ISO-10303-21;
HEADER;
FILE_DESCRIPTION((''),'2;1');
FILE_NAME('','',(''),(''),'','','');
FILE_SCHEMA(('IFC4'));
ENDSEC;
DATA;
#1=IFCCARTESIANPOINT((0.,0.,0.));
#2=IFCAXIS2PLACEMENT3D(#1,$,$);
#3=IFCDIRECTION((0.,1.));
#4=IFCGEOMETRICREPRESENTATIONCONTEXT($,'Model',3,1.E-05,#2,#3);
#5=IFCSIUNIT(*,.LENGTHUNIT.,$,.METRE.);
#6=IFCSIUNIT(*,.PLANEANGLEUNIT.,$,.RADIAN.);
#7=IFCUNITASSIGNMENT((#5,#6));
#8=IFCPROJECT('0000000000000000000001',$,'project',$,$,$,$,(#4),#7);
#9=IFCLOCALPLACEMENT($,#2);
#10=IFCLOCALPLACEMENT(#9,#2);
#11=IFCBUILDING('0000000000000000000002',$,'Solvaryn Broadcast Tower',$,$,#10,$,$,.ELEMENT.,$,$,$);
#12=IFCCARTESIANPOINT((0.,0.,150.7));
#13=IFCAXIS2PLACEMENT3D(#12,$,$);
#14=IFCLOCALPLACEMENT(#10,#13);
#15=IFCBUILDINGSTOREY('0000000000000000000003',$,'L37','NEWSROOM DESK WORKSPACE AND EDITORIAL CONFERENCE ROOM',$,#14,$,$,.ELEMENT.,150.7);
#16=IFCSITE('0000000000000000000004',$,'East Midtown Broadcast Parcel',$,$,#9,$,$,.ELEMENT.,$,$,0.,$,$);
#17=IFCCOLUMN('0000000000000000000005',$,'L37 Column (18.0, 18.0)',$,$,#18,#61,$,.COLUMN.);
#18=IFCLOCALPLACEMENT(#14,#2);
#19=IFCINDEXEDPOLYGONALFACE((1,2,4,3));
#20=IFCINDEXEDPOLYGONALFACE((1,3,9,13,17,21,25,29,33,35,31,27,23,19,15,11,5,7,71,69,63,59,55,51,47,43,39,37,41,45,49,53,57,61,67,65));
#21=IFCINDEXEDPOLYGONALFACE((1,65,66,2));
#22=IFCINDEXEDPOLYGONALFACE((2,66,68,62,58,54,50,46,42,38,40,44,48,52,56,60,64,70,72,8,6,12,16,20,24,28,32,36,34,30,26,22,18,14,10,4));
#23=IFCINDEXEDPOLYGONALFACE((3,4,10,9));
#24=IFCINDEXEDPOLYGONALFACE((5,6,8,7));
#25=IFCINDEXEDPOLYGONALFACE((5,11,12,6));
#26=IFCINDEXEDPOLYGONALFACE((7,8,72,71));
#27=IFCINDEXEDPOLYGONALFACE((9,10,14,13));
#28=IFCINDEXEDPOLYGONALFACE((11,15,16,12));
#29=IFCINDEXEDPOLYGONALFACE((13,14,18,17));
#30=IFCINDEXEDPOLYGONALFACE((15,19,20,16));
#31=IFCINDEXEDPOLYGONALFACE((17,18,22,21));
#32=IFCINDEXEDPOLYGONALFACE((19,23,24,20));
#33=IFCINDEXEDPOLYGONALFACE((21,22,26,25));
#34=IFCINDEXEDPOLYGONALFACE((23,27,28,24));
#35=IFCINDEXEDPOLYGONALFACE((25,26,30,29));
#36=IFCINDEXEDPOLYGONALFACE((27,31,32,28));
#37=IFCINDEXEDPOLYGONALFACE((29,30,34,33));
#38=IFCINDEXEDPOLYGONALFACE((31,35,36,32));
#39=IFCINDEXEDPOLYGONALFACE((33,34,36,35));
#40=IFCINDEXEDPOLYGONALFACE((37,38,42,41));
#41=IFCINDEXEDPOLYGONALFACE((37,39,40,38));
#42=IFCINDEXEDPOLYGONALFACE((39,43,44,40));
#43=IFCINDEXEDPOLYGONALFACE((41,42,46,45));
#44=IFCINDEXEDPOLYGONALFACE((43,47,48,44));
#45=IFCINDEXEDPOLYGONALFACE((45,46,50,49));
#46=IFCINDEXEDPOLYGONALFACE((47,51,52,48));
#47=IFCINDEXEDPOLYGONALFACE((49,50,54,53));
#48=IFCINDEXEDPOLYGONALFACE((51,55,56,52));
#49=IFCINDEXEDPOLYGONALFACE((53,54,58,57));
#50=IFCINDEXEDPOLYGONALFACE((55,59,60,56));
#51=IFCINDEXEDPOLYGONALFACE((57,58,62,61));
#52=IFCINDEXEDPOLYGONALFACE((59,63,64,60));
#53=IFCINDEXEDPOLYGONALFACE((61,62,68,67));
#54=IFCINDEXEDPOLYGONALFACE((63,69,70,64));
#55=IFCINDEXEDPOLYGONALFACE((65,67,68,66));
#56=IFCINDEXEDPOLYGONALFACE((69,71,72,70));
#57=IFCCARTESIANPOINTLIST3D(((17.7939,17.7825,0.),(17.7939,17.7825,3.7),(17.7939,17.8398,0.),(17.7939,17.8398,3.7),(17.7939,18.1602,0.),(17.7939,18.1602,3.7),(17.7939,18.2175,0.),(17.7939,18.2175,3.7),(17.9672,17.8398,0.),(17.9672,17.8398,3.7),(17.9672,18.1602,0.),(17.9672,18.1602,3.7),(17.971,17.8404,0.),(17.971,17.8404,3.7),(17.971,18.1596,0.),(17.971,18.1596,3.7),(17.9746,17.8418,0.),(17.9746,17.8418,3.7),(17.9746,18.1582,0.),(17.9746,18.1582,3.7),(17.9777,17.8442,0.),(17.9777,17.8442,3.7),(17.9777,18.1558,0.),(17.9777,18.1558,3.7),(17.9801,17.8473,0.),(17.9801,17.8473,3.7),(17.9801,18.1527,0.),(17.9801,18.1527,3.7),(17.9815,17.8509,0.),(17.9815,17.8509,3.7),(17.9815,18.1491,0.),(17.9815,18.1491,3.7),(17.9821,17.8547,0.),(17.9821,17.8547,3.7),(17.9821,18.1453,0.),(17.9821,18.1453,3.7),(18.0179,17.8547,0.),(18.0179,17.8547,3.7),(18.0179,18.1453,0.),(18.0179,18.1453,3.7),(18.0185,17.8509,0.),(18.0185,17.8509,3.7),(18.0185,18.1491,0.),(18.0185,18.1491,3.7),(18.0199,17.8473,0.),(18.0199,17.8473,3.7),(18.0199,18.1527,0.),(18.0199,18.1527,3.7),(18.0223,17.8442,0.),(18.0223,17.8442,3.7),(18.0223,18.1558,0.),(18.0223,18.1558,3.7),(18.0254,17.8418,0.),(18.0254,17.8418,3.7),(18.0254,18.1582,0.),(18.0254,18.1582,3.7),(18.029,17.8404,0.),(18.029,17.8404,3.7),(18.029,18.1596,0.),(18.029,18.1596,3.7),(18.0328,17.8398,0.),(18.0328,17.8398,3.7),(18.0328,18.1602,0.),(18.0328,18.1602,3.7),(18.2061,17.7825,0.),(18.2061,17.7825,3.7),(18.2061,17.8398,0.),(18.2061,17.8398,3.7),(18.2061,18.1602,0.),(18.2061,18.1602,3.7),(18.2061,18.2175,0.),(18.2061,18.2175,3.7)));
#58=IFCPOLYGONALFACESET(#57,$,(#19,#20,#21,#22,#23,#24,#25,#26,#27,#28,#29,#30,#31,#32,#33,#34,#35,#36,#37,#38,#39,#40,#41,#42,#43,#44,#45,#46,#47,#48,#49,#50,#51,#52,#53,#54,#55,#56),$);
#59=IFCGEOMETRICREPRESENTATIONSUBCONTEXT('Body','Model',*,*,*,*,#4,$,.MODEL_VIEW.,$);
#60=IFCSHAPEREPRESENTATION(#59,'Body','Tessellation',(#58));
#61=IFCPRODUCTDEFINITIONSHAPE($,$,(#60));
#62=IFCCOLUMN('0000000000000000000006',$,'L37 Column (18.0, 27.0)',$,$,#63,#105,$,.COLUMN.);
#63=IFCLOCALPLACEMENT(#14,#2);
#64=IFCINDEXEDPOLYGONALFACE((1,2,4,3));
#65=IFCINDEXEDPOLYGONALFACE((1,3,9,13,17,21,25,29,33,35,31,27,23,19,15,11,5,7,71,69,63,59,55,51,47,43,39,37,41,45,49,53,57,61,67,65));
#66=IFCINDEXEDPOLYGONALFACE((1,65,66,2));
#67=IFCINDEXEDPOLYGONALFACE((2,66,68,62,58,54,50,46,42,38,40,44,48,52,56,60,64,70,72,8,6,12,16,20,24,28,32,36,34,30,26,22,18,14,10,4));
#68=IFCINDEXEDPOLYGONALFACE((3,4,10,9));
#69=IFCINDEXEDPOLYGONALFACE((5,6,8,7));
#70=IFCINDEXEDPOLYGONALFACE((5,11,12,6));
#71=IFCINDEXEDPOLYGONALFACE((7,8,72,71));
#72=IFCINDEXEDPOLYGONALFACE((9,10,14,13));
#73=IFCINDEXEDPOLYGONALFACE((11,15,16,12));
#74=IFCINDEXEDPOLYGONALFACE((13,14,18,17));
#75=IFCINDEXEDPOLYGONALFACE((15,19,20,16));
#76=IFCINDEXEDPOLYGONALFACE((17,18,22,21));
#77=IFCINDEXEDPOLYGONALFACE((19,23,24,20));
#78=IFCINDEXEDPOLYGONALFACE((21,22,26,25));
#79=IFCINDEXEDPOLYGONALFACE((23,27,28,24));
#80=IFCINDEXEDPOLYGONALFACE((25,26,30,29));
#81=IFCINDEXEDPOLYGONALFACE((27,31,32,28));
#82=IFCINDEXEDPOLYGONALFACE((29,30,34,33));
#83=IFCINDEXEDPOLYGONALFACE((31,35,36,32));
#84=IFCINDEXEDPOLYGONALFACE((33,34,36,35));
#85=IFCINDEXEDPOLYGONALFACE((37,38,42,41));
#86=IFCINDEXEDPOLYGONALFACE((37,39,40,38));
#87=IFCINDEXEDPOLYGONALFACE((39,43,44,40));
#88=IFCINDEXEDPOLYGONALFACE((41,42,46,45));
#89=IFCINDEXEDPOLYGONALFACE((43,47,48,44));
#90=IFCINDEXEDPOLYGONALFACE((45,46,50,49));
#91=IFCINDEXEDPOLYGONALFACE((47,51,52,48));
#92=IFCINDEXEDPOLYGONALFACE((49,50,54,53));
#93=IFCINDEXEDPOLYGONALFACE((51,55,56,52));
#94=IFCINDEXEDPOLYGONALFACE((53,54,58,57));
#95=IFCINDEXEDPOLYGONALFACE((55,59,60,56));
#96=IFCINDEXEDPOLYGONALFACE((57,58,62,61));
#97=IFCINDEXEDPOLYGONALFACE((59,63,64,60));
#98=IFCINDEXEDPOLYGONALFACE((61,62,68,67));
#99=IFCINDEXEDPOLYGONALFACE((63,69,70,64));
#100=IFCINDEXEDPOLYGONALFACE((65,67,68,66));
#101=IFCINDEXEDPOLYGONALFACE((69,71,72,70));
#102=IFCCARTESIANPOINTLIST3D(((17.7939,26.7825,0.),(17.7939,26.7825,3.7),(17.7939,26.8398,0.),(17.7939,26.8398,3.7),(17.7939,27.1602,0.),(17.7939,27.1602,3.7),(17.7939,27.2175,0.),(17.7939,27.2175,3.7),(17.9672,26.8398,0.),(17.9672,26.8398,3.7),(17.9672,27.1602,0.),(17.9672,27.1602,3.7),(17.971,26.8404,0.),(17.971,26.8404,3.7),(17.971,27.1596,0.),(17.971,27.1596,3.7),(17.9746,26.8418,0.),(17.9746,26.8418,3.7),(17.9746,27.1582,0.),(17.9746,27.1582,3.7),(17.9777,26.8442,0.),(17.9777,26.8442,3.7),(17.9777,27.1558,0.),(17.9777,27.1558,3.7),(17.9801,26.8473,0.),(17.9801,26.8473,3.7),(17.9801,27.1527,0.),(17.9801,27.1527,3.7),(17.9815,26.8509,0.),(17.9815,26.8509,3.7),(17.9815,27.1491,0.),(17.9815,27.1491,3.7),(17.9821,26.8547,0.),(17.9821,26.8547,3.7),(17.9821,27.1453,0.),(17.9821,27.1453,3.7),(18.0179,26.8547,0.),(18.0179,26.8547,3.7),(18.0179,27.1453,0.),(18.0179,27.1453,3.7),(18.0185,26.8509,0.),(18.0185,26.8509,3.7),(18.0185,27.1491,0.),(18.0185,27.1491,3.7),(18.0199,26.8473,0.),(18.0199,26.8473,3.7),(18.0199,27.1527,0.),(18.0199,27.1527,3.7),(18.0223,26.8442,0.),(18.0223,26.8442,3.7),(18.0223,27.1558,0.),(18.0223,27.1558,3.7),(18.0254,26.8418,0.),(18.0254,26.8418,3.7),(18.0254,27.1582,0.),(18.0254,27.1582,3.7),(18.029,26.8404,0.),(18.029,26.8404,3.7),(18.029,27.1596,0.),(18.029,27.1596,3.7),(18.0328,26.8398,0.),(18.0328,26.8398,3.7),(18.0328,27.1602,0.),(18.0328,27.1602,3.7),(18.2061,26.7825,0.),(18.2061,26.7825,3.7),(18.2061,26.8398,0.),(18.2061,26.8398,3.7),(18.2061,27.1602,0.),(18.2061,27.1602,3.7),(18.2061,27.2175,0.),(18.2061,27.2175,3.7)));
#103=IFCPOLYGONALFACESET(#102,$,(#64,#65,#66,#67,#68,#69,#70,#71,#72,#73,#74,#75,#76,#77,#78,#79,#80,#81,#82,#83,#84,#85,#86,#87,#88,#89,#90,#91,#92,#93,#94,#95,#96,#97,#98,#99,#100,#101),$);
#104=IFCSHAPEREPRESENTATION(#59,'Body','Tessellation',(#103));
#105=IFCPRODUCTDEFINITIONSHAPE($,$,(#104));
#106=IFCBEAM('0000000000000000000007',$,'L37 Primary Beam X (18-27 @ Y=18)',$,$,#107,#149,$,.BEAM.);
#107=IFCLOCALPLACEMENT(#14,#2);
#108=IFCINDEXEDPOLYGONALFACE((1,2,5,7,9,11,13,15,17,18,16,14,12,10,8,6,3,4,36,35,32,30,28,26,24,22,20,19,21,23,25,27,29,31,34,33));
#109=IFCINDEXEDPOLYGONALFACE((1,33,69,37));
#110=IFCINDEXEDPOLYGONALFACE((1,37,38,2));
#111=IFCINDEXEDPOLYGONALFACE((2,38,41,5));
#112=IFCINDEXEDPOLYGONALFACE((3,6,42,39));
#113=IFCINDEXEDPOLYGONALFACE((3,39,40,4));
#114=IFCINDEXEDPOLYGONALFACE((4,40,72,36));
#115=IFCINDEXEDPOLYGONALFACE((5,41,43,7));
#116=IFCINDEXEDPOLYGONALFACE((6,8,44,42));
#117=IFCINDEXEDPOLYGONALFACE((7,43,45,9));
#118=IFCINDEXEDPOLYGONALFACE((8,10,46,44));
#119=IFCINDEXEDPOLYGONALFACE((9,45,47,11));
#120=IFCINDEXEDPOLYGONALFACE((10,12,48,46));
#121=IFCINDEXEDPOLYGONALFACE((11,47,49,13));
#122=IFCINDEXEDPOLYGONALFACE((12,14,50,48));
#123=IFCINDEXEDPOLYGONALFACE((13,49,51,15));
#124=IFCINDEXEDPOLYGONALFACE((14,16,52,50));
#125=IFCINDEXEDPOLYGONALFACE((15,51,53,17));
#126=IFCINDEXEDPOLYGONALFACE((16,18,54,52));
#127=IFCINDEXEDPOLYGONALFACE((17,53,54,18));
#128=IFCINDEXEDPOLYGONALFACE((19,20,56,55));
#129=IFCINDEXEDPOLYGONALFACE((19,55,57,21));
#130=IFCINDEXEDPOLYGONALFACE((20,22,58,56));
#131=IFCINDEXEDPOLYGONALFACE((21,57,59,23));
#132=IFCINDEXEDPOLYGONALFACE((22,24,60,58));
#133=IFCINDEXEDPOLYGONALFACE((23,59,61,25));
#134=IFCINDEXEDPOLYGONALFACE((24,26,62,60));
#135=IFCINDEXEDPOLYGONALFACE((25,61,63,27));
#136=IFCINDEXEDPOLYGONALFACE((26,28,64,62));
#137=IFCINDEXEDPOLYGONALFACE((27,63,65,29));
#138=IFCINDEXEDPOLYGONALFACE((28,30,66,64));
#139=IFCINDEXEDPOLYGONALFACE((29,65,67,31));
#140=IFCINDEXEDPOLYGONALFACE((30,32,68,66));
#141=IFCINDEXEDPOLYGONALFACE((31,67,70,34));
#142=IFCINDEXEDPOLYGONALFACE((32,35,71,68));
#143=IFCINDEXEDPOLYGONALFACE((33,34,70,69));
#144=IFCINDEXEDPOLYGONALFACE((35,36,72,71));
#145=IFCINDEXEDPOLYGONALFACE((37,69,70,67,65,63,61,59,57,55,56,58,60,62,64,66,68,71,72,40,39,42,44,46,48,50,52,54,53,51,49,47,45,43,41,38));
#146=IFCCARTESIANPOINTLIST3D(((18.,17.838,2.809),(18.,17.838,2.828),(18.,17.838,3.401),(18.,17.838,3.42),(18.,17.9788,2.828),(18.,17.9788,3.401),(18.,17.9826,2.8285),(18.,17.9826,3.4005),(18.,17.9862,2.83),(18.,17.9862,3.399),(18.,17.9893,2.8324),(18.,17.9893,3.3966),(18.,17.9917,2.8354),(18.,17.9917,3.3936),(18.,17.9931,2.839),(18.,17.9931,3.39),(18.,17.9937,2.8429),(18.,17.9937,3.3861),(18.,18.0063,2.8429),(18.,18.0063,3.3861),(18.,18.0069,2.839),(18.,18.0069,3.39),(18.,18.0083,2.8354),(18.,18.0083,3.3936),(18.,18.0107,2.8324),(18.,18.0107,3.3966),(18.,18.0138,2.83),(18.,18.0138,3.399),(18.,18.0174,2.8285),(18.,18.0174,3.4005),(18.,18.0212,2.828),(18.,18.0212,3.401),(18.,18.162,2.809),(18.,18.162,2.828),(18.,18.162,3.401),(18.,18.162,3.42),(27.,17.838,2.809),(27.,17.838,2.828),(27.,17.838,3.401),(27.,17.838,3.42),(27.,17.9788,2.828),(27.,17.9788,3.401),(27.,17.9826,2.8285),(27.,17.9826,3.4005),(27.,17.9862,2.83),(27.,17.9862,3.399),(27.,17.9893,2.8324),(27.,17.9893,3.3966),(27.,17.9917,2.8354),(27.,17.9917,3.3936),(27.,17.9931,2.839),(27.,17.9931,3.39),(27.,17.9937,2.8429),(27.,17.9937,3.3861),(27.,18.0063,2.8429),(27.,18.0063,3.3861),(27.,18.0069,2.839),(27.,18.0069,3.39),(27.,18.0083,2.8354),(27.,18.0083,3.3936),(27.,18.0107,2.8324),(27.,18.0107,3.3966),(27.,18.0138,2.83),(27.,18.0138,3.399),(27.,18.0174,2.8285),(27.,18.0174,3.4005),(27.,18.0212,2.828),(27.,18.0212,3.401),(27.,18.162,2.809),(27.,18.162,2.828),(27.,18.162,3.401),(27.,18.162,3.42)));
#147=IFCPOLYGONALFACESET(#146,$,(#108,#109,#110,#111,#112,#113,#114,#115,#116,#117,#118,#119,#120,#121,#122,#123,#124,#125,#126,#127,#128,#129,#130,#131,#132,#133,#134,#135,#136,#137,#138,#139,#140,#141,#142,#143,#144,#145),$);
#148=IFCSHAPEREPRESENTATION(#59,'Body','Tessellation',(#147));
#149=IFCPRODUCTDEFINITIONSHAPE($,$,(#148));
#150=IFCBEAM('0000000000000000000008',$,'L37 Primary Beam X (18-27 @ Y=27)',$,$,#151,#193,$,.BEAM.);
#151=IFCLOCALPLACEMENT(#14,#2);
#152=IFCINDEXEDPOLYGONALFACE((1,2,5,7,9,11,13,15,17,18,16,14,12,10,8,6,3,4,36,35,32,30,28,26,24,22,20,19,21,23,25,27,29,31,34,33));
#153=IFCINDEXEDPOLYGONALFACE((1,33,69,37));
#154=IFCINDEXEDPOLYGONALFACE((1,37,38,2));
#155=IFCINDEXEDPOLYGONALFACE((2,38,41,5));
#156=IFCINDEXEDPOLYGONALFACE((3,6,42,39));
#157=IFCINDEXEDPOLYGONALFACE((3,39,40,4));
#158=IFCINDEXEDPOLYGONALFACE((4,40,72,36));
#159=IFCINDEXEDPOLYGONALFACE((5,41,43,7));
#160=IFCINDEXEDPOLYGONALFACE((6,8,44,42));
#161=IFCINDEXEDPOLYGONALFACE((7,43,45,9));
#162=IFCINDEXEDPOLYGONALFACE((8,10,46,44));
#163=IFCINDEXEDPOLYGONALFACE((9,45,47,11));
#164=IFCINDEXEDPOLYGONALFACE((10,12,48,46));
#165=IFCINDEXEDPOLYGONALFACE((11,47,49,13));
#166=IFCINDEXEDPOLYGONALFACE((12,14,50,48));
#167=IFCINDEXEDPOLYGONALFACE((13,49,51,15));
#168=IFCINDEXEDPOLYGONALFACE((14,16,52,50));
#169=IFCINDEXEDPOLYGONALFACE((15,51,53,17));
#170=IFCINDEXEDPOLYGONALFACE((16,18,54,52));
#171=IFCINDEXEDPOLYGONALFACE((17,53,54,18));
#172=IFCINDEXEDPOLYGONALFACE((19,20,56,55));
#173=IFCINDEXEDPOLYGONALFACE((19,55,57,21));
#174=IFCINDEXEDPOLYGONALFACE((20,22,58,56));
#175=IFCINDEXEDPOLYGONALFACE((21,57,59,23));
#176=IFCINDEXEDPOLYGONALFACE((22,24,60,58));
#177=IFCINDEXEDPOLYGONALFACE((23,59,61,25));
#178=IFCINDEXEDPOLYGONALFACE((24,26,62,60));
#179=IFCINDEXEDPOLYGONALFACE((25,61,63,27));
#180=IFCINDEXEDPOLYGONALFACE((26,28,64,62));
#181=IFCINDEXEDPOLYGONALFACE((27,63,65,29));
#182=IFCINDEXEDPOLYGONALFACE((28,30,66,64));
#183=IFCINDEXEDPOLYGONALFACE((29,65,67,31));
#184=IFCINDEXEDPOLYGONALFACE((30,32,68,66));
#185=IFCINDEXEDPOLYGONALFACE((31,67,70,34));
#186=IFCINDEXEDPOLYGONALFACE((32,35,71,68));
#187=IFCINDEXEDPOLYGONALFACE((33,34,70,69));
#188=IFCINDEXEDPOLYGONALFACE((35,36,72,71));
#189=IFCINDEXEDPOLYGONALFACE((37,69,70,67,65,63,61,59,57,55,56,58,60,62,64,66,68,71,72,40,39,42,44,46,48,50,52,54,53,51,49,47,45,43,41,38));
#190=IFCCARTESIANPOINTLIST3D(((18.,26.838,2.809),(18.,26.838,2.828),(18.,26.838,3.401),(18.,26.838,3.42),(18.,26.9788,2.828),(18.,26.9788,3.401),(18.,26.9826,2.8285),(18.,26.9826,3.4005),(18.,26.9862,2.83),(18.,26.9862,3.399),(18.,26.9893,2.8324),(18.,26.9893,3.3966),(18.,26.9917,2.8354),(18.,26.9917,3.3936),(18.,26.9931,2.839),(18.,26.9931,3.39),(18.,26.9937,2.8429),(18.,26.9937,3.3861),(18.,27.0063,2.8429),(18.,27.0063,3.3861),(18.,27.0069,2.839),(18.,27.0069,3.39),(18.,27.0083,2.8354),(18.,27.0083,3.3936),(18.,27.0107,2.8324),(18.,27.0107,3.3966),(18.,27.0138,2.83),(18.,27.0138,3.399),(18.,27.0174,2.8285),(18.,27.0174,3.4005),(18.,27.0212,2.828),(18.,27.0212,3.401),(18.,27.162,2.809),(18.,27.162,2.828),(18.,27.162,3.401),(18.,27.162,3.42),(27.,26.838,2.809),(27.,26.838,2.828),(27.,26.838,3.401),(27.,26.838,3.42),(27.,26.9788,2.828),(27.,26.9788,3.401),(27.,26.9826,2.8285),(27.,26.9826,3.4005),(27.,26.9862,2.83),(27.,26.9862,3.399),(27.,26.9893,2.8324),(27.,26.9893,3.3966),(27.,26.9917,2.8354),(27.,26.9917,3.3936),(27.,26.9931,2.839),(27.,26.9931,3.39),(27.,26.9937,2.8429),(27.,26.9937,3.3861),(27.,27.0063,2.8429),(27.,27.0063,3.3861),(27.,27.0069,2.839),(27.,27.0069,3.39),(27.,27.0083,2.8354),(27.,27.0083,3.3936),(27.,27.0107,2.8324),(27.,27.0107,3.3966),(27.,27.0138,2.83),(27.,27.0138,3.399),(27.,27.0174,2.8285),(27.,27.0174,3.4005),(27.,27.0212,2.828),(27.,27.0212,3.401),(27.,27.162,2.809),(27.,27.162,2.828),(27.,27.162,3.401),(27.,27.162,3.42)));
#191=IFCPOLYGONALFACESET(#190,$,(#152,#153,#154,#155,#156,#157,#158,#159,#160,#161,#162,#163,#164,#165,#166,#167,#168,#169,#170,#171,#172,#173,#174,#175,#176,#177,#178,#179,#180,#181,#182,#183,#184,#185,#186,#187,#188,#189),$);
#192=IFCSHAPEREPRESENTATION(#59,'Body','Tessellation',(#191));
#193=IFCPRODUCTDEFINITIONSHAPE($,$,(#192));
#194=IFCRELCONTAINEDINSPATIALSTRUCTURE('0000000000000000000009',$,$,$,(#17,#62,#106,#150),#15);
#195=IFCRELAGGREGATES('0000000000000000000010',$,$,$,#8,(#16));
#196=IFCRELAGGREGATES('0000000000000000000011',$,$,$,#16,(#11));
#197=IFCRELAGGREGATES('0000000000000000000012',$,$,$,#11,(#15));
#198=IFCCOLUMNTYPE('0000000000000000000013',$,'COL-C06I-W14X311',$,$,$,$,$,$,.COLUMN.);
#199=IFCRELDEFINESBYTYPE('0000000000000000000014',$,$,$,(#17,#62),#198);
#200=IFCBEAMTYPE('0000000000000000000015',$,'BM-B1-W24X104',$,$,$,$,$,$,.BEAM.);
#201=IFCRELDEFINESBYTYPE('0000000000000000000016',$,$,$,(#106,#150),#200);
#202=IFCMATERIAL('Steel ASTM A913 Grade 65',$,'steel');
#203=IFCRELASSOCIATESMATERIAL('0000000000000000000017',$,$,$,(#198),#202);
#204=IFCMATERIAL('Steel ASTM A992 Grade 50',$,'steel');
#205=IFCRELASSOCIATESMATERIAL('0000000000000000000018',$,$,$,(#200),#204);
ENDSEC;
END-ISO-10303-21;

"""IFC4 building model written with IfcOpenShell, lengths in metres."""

from ifc_helpers import new_model, si_unit, direction, frame, origin, origin_2d, place, context, subcontext, project, spatial, i_section, extrude, material, material_profile, profile_set, type_object, element, save


model = new_model("IFC4")

# Units and contexts
model_context = context("Model", 3, precision=1e-05, world=origin(), true_north=direction((0.0, 1.0)))
body_context = subcontext(model_context, "Body", "Model", "MODEL_VIEW")
ifc_project = project(units=[si_unit("LENGTHUNIT", "METRE"), si_unit("PLANEANGLEUNIT", "RADIAN")], contexts=[model_context])

# Site, building, storey
site_placement = place(None, origin())
site = spatial("IfcSite", under=ifc_project, at=site_placement, Name="East Midtown Broadcast Parcel", CompositionType="ELEMENT", RefElevation=0.0)
building_placement = place(site_placement, origin())
building = spatial("IfcBuilding", under=site, at=building_placement, Name="Solvaryn Broadcast Tower", CompositionType="ELEMENT")
storey_placement = place(building_placement, frame((0.0, 0.0, 150.7)))
storey = spatial("IfcBuildingStorey", under=building, at=storey_placement, Name="L37", Description="NEWSROOM DESK WORKSPACE AND EDITORIAL CONFERENCE ROOM", CompositionType="ELEMENT", Elevation=150.7)

# Columns
ifc_material_1 = material(Name="Steel ASTM A913 Grade 65", Category="steel")
ifc_material_profile_1 = material_profile(ifc_material_1, i_section(OverallWidth=0.4121, OverallDepth=0.4351, WebThickness=0.0359, FlangeThickness=0.0574, FilletRadius=0.0149, at=origin_2d()))
ifc_profile_set_1 = profile_set([ifc_material_profile_1], Name="Steel ASTM A913 Grade 65")
column_type = type_object("IfcColumnType", Name="COL-C06I-W14X311", PredefinedType="COLUMN", material=ifc_profile_set_1)
for number, where, z_axis, x_axis, name in (
    (1, (18.0, 18.0, 0.0), (0.0, 0.0, 1.0), (1.0, 0.0, 0.0), "L37 Column (18.0, 18.0)"),
    (2, (18.0, 27.0, 0.0), (0.0, 0.0, 1.0), (1.0, 0.0, 0.0), "L37 Column (18.0, 27.0)"),
):
    element("IfcColumn", number, at=place(storey_placement, frame(where, z_axis=z_axis, x_axis=x_axis)), inside=storey, type_object=column_type, Name=name, PredefinedType="COLUMN", context=body_context, shape_type="SweptSolid", body=[
        extrude(i_section(OverallWidth=0.4121, OverallDepth=0.4351, WebThickness=0.0359, FlangeThickness=0.0574, FilletRadius=0.0149, at=origin_2d()), origin(), (0.0, 0.0, 1.0), 3.7),
    ])

# Beams
ifc_material_2 = material(Name="Steel ASTM A992 Grade 50", Category="steel")
ifc_material_profile_2 = material_profile(ifc_material_2, i_section(OverallWidth=0.324, OverallDepth=0.6111, WebThickness=0.0127, FlangeThickness=0.019, FilletRadius=0.0149, at=origin_2d()))
ifc_profile_set_2 = profile_set([ifc_material_profile_2], Name="Steel ASTM A992 Grade 50")
beam_type_1 = type_object("IfcBeamType", Name="BM-B1-W24X104", PredefinedType="BEAM", material=ifc_profile_set_2)
for number, where, z_axis, x_axis, name in (
    (3, (18.0, 18.0, 3.1145), (1.0, 0.0, 0.0), (0.0, 1.0, 0.0), "L37 Primary Beam X (18-27 @ Y=18)"),
    (4, (18.0, 27.0, 3.1145), (1.0, 0.0, 0.0), (0.0, 1.0, 0.0), "L37 Primary Beam X (18-27 @ Y=27)"),
):
    element("IfcBeam", number, at=place(storey_placement, frame(where, z_axis=z_axis, x_axis=x_axis)), inside=storey, type_object=beam_type_1, Name=name, PredefinedType="BEAM", context=body_context, shape_type="SweptSolid", body=[
        extrude(i_section(OverallWidth=0.324, OverallDepth=0.6111, WebThickness=0.0127, FlangeThickness=0.019, FilletRadius=0.0149, at=origin_2d()), origin(), (0.0, 0.0, 1.0), 9.0),
    ])

save(model, "model.ifc")
